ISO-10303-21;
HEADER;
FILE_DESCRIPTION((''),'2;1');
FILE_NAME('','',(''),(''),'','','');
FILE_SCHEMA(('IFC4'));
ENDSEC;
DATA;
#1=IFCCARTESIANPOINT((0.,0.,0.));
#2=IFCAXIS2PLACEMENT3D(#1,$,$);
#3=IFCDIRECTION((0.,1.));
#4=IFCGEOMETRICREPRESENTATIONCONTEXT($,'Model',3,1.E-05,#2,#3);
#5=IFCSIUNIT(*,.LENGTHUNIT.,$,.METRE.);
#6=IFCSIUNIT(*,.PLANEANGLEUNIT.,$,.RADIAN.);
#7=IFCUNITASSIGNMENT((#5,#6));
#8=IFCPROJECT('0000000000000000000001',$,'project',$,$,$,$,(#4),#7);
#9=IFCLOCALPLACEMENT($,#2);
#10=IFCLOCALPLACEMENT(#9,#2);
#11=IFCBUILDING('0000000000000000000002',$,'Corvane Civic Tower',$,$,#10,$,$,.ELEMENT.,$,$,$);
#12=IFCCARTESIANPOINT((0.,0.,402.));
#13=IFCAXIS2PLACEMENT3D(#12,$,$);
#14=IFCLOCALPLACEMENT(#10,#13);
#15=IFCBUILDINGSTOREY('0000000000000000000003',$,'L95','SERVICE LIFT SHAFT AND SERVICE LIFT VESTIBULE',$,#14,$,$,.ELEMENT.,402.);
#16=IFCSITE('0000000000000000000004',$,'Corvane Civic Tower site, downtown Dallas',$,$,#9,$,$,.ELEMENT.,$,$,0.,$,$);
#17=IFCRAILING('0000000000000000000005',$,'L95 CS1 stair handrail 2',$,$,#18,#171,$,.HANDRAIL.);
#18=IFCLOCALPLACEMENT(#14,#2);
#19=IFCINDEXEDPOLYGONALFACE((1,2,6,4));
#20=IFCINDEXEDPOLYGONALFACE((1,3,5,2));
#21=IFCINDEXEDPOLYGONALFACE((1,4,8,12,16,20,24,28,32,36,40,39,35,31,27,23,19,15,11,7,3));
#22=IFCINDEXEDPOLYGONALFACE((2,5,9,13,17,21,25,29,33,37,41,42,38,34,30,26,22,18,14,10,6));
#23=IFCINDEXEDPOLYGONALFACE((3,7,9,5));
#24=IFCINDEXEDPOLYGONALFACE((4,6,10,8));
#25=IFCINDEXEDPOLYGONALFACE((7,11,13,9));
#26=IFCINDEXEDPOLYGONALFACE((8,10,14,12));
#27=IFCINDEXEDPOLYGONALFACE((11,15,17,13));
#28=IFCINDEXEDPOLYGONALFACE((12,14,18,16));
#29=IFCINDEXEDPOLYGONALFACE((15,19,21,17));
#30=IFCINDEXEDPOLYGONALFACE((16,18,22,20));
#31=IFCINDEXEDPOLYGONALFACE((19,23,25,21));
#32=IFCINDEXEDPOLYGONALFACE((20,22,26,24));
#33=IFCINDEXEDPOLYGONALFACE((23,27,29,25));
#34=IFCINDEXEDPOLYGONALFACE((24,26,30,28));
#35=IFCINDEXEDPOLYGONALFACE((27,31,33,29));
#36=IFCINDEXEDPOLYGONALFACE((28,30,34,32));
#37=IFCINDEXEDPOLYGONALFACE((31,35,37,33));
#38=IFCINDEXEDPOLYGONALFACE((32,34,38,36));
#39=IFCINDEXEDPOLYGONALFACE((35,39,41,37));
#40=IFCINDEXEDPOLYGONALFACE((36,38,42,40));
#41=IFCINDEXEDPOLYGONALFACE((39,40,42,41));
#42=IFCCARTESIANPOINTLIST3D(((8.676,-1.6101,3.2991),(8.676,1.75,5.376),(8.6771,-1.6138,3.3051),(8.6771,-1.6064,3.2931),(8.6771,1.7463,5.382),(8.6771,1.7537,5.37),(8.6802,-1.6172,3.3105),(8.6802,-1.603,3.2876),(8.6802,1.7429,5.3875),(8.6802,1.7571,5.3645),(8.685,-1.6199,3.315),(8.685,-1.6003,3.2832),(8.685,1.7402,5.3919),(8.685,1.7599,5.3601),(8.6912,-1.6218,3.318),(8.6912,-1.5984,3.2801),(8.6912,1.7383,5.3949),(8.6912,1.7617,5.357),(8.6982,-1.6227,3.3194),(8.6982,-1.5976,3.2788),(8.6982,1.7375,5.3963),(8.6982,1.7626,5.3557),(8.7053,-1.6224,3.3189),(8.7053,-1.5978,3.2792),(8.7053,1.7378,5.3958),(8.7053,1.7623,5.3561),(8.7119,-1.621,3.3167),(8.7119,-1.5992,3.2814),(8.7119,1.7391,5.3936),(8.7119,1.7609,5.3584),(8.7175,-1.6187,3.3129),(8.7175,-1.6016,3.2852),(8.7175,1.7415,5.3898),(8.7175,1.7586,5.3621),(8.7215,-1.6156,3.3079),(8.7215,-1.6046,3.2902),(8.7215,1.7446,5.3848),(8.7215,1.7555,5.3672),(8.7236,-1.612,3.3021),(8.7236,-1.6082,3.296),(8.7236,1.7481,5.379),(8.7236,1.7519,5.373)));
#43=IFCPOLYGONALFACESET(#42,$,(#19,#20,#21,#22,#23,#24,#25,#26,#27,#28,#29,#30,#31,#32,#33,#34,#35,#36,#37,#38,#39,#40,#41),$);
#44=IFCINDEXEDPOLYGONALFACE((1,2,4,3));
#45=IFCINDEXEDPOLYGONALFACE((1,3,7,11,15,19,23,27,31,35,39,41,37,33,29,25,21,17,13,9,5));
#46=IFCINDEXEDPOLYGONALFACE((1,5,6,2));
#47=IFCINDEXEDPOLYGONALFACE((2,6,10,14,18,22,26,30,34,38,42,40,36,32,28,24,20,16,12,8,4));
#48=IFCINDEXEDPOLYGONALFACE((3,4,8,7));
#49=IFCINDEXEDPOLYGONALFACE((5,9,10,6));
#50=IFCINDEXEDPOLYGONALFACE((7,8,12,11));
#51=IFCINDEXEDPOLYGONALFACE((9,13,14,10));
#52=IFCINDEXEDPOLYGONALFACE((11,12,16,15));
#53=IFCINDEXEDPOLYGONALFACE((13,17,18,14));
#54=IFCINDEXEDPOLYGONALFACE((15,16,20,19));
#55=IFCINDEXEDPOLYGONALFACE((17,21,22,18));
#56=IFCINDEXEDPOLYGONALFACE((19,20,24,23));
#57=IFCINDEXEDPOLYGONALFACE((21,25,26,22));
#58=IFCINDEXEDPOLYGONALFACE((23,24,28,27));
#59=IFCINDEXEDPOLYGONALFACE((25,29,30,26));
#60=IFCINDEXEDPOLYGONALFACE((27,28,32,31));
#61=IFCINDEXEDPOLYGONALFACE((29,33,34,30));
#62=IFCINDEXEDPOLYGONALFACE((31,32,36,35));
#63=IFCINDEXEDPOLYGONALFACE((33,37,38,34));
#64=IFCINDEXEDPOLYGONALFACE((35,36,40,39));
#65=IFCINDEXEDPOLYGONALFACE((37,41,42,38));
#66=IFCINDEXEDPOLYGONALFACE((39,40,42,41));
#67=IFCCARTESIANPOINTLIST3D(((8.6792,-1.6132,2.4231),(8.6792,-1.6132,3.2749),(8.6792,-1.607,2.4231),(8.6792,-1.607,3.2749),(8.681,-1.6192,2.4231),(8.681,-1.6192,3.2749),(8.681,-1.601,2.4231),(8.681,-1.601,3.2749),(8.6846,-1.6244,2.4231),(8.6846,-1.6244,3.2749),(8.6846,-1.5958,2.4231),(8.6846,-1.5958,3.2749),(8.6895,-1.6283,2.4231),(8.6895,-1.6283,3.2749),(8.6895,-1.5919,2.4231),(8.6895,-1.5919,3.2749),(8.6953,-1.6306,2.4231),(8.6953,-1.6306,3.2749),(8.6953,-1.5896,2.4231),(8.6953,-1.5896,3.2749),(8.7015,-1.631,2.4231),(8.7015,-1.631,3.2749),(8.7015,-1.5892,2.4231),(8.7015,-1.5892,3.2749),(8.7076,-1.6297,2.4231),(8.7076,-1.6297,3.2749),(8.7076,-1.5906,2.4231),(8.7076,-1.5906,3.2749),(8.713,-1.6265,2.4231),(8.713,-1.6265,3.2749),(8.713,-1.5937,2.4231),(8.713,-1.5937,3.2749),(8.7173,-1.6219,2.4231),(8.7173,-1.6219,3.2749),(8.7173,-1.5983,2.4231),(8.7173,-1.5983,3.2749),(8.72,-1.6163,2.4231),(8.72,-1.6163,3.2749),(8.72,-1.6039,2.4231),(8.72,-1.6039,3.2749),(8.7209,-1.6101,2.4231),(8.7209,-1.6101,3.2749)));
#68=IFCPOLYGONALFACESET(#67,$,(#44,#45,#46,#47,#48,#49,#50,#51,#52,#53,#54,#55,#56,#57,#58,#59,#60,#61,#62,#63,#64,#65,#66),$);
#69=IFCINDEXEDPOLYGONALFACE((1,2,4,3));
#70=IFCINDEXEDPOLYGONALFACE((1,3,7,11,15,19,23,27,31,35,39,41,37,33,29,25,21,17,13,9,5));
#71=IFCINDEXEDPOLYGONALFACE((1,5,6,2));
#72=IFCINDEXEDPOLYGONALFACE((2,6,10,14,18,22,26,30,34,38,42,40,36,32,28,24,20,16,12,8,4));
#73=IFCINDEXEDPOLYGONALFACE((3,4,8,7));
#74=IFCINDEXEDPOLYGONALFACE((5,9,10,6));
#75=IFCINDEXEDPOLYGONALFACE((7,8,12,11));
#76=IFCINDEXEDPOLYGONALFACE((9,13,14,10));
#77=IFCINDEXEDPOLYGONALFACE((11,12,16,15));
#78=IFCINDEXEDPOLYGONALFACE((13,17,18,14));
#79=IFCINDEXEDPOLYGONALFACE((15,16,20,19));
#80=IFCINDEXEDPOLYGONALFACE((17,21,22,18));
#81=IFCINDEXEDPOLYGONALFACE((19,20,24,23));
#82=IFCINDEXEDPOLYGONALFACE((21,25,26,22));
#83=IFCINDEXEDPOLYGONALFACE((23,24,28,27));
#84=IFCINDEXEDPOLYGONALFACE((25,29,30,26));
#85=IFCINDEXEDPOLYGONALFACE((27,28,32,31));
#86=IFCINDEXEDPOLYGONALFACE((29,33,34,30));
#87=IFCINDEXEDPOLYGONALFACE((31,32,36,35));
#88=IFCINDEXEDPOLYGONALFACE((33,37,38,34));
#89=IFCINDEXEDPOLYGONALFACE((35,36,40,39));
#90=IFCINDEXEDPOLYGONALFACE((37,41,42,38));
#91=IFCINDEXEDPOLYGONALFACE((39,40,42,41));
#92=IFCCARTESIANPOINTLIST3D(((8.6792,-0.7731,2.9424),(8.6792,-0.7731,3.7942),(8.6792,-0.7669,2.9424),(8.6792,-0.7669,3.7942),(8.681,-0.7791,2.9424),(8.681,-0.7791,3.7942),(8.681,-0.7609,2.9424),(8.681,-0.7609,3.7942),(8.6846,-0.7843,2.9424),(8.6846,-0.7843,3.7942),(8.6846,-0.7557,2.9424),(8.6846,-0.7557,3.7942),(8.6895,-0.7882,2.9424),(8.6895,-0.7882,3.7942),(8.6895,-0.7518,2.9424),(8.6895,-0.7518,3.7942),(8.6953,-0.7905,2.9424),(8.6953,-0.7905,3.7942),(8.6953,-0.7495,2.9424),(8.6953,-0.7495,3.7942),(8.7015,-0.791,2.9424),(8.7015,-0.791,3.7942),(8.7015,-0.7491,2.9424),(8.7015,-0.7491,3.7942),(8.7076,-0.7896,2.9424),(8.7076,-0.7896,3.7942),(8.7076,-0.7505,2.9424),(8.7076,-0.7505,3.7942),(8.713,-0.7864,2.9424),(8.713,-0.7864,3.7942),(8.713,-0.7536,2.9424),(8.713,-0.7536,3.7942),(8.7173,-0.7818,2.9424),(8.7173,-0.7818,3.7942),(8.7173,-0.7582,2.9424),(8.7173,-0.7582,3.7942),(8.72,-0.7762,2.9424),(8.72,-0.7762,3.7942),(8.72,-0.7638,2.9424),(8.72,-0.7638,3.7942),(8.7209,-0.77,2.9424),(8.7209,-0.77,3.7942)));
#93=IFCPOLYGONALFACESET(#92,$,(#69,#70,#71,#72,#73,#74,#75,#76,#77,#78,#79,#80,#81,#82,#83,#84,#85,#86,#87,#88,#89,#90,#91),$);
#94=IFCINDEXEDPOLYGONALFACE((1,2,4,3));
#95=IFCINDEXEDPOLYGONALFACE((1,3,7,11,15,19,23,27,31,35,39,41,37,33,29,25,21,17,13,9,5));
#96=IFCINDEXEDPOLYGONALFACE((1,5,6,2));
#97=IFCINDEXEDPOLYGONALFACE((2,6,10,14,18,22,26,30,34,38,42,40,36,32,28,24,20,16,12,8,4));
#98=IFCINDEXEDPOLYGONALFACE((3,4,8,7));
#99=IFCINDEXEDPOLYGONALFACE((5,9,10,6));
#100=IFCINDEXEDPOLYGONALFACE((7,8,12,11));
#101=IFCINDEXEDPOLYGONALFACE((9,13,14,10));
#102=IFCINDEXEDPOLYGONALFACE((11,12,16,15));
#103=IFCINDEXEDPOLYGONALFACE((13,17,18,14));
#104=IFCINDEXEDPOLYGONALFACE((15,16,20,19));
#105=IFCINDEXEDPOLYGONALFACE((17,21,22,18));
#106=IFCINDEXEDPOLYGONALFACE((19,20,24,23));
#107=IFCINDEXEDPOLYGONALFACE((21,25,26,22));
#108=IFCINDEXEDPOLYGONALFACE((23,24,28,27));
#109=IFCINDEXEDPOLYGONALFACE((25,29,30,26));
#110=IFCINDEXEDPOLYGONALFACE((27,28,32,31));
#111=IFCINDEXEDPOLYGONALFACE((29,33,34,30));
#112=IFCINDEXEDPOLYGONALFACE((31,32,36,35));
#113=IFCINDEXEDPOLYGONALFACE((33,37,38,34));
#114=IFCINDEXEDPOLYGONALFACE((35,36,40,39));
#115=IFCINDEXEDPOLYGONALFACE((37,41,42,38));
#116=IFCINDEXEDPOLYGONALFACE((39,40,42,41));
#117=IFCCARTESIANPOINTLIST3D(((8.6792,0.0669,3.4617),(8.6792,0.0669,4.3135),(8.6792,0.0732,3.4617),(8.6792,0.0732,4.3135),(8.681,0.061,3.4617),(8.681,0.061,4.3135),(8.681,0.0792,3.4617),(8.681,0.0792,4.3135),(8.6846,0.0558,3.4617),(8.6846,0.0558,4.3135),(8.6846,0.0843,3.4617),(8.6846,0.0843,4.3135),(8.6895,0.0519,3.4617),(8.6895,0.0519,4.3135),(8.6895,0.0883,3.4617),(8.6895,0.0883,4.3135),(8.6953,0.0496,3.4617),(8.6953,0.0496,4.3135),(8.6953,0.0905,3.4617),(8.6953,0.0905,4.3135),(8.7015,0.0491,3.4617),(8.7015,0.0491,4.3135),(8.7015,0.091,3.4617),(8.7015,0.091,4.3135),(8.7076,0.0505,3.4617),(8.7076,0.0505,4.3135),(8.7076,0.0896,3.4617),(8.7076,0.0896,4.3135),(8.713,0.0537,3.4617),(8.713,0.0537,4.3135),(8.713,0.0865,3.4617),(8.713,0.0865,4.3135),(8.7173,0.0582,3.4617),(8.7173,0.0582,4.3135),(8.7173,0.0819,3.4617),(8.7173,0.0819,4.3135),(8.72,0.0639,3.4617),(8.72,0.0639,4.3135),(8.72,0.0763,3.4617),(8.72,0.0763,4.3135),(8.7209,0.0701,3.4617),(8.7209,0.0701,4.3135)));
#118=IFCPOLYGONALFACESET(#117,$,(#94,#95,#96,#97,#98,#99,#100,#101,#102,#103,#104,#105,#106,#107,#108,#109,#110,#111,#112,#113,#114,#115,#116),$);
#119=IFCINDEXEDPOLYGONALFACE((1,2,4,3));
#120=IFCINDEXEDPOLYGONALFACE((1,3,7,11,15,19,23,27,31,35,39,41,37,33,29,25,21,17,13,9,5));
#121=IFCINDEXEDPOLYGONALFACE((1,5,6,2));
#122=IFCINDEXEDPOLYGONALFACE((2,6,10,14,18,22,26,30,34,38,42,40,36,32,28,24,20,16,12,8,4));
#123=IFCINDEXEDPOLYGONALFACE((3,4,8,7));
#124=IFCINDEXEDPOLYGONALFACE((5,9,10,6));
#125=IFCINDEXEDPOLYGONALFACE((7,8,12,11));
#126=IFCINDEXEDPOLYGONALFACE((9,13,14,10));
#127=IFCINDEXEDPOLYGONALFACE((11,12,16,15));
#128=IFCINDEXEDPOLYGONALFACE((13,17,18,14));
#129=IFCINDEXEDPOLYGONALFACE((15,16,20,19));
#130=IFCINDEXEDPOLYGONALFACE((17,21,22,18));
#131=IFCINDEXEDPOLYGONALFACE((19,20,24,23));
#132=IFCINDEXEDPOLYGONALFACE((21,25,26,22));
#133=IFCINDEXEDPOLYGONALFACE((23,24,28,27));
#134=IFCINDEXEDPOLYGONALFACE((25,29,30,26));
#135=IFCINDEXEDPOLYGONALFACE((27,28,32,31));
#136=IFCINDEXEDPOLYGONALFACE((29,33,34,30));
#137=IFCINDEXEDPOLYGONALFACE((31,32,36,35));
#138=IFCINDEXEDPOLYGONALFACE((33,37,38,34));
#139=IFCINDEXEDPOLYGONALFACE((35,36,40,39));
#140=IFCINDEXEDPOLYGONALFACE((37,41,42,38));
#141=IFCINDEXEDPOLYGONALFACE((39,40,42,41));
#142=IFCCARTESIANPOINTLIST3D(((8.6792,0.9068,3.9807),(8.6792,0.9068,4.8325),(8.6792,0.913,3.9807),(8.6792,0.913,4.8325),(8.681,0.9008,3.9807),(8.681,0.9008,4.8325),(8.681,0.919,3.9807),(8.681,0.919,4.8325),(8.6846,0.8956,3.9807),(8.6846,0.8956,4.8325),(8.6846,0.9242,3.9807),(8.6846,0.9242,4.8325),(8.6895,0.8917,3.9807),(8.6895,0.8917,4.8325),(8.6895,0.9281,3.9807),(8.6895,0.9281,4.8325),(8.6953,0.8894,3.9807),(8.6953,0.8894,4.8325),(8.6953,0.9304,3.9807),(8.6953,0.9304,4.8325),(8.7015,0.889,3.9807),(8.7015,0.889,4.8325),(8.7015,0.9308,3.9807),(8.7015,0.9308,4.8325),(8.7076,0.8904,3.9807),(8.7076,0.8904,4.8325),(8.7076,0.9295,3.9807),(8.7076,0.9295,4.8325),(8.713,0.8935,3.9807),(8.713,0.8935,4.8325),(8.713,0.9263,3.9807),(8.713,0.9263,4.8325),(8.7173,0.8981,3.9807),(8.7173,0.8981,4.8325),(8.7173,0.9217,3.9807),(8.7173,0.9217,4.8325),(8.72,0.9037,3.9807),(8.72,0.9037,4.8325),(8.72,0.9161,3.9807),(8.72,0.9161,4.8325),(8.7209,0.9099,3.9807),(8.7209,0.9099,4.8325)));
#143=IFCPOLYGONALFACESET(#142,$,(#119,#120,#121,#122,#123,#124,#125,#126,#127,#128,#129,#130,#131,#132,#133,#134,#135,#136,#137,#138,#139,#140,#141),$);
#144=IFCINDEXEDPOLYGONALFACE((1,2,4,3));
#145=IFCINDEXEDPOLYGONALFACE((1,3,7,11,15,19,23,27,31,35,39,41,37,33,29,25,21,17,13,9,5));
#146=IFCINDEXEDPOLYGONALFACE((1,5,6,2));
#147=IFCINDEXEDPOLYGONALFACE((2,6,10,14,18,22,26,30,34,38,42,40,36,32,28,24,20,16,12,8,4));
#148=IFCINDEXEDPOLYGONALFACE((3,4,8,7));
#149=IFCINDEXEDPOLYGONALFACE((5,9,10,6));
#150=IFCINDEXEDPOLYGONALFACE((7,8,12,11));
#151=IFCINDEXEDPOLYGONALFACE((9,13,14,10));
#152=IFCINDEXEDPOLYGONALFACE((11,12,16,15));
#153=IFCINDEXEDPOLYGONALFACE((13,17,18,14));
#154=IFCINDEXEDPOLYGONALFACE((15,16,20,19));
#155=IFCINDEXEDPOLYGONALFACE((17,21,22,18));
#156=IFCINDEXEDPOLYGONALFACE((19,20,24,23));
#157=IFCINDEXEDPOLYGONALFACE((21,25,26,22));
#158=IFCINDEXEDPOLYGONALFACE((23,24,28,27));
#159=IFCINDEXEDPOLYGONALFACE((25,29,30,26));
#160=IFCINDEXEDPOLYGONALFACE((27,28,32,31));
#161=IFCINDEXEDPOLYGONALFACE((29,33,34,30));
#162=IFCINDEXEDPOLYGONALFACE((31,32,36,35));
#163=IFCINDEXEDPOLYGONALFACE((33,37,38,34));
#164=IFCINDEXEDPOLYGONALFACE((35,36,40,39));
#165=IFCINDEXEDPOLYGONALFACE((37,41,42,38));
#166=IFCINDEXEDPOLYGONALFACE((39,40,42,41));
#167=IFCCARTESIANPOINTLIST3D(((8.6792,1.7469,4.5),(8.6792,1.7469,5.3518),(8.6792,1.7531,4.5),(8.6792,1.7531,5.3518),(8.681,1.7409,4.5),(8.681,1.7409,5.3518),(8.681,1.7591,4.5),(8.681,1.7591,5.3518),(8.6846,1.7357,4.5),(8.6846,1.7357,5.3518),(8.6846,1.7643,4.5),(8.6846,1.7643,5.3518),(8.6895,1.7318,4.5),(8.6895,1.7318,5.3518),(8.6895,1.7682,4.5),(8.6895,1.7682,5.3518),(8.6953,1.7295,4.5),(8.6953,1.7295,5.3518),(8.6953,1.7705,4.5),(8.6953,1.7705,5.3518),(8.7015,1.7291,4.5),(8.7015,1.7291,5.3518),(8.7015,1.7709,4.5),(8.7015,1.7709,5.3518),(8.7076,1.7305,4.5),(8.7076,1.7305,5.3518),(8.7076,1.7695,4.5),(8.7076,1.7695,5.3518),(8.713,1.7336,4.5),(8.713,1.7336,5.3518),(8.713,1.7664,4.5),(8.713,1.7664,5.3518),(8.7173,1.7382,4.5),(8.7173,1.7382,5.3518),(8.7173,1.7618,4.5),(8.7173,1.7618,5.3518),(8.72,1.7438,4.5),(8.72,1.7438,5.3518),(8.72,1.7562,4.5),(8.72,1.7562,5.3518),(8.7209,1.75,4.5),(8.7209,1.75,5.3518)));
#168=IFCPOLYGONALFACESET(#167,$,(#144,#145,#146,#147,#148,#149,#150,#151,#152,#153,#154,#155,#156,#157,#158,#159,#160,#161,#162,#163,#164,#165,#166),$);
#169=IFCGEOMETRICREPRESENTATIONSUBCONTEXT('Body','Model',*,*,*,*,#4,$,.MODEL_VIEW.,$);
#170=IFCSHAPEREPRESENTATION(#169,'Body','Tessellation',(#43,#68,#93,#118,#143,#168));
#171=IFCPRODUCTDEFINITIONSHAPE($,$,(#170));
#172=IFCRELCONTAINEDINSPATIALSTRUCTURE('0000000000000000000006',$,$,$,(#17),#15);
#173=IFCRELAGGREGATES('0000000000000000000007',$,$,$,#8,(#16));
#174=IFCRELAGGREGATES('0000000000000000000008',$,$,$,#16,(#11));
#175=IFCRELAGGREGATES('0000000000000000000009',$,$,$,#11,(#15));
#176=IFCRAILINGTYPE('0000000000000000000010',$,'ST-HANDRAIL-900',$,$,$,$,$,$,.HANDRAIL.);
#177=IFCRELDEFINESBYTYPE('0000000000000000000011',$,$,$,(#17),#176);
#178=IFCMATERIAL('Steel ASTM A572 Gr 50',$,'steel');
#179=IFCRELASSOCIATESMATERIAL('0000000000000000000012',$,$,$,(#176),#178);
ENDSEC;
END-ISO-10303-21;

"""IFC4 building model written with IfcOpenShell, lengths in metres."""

from ifc_helpers import new_model, si_unit, direction, frame, origin, origin_2d, place, context, subcontext, project, spatial, circle, extrude, material, type_object, element, save


model = new_model("IFC4")

# Units and contexts
model_context = context("Model", 3, precision=1e-05, world=origin(), true_north=direction((0.0, 1.0)))
body_context = subcontext(model_context, "Body", "Model", "MODEL_VIEW")
ifc_project = project(units=[si_unit("LENGTHUNIT", "METRE"), si_unit("PLANEANGLEUNIT", "RADIAN")], contexts=[model_context])

# Site, building, storey
site_placement = place(None, origin())
site = spatial("IfcSite", under=ifc_project, at=site_placement, Name="Corvane Civic Tower site, downtown Dallas", CompositionType="ELEMENT", RefElevation=0.0)
building_placement = place(site_placement, origin())
building = spatial("IfcBuilding", under=site, at=building_placement, Name="Corvane Civic Tower", CompositionType="ELEMENT")
storey_placement = place(building_placement, frame((0.0, 0.0, 402.0)))
storey = spatial("IfcBuildingStorey", under=building, at=storey_placement, Name="L95", Description="SERVICE LIFT SHAFT AND SERVICE LIFT VESTIBULE", CompositionType="ELEMENT", Elevation=402.0)

# Railing
ifc_material_1 = material(Name="Steel ASTM A572 Gr 50", Category="steel")
railing_type = type_object("IfcRailingType", Name="ST-HANDRAIL-900", PredefinedType="HANDRAIL", material=ifc_material_1)
railing_placement = place(storey_placement, frame((8.7, -1.6101, 2.4231)))
element("IfcRailing", 1, at=railing_placement, inside=storey, type_object=railing_type, Name="L95 CS1 stair handrail 2", PredefinedType="HANDRAIL", context=body_context, shape_type="SweptSolid", body=[
    extrude(circle(Radius=0.0239, at=origin_2d()), frame((0.0, 0.0, 0.876), z_axis=(0.0, 0.850623, 0.525776), x_axis=(-1.0, 0.0, 0.0)), (0.0, 0.0, 1.0), 3.9502),
    extrude(circle(Radius=0.021, at=origin_2d()), origin(), (0.0, 0.0, 1.0), 0.8518),
    extrude(circle(Radius=0.021, at=origin_2d()), frame((0.0, 0.8401, 0.5193)), (0.0, 0.0, 1.0), 0.8518),
    extrude(circle(Radius=0.021, at=origin_2d()), frame((0.0, 1.6802, 1.0386)), (0.0, 0.0, 1.0), 0.8518),
    extrude(circle(Radius=0.021, at=origin_2d()), frame((0.0, 2.52, 1.5576)), (0.0, 0.0, 1.0), 0.8518),
    extrude(circle(Radius=0.021, at=origin_2d()), frame((0.0, 3.3601, 2.0769)), (0.0, 0.0, 1.0), 0.8518),
])

save(model, "model.ifc")
